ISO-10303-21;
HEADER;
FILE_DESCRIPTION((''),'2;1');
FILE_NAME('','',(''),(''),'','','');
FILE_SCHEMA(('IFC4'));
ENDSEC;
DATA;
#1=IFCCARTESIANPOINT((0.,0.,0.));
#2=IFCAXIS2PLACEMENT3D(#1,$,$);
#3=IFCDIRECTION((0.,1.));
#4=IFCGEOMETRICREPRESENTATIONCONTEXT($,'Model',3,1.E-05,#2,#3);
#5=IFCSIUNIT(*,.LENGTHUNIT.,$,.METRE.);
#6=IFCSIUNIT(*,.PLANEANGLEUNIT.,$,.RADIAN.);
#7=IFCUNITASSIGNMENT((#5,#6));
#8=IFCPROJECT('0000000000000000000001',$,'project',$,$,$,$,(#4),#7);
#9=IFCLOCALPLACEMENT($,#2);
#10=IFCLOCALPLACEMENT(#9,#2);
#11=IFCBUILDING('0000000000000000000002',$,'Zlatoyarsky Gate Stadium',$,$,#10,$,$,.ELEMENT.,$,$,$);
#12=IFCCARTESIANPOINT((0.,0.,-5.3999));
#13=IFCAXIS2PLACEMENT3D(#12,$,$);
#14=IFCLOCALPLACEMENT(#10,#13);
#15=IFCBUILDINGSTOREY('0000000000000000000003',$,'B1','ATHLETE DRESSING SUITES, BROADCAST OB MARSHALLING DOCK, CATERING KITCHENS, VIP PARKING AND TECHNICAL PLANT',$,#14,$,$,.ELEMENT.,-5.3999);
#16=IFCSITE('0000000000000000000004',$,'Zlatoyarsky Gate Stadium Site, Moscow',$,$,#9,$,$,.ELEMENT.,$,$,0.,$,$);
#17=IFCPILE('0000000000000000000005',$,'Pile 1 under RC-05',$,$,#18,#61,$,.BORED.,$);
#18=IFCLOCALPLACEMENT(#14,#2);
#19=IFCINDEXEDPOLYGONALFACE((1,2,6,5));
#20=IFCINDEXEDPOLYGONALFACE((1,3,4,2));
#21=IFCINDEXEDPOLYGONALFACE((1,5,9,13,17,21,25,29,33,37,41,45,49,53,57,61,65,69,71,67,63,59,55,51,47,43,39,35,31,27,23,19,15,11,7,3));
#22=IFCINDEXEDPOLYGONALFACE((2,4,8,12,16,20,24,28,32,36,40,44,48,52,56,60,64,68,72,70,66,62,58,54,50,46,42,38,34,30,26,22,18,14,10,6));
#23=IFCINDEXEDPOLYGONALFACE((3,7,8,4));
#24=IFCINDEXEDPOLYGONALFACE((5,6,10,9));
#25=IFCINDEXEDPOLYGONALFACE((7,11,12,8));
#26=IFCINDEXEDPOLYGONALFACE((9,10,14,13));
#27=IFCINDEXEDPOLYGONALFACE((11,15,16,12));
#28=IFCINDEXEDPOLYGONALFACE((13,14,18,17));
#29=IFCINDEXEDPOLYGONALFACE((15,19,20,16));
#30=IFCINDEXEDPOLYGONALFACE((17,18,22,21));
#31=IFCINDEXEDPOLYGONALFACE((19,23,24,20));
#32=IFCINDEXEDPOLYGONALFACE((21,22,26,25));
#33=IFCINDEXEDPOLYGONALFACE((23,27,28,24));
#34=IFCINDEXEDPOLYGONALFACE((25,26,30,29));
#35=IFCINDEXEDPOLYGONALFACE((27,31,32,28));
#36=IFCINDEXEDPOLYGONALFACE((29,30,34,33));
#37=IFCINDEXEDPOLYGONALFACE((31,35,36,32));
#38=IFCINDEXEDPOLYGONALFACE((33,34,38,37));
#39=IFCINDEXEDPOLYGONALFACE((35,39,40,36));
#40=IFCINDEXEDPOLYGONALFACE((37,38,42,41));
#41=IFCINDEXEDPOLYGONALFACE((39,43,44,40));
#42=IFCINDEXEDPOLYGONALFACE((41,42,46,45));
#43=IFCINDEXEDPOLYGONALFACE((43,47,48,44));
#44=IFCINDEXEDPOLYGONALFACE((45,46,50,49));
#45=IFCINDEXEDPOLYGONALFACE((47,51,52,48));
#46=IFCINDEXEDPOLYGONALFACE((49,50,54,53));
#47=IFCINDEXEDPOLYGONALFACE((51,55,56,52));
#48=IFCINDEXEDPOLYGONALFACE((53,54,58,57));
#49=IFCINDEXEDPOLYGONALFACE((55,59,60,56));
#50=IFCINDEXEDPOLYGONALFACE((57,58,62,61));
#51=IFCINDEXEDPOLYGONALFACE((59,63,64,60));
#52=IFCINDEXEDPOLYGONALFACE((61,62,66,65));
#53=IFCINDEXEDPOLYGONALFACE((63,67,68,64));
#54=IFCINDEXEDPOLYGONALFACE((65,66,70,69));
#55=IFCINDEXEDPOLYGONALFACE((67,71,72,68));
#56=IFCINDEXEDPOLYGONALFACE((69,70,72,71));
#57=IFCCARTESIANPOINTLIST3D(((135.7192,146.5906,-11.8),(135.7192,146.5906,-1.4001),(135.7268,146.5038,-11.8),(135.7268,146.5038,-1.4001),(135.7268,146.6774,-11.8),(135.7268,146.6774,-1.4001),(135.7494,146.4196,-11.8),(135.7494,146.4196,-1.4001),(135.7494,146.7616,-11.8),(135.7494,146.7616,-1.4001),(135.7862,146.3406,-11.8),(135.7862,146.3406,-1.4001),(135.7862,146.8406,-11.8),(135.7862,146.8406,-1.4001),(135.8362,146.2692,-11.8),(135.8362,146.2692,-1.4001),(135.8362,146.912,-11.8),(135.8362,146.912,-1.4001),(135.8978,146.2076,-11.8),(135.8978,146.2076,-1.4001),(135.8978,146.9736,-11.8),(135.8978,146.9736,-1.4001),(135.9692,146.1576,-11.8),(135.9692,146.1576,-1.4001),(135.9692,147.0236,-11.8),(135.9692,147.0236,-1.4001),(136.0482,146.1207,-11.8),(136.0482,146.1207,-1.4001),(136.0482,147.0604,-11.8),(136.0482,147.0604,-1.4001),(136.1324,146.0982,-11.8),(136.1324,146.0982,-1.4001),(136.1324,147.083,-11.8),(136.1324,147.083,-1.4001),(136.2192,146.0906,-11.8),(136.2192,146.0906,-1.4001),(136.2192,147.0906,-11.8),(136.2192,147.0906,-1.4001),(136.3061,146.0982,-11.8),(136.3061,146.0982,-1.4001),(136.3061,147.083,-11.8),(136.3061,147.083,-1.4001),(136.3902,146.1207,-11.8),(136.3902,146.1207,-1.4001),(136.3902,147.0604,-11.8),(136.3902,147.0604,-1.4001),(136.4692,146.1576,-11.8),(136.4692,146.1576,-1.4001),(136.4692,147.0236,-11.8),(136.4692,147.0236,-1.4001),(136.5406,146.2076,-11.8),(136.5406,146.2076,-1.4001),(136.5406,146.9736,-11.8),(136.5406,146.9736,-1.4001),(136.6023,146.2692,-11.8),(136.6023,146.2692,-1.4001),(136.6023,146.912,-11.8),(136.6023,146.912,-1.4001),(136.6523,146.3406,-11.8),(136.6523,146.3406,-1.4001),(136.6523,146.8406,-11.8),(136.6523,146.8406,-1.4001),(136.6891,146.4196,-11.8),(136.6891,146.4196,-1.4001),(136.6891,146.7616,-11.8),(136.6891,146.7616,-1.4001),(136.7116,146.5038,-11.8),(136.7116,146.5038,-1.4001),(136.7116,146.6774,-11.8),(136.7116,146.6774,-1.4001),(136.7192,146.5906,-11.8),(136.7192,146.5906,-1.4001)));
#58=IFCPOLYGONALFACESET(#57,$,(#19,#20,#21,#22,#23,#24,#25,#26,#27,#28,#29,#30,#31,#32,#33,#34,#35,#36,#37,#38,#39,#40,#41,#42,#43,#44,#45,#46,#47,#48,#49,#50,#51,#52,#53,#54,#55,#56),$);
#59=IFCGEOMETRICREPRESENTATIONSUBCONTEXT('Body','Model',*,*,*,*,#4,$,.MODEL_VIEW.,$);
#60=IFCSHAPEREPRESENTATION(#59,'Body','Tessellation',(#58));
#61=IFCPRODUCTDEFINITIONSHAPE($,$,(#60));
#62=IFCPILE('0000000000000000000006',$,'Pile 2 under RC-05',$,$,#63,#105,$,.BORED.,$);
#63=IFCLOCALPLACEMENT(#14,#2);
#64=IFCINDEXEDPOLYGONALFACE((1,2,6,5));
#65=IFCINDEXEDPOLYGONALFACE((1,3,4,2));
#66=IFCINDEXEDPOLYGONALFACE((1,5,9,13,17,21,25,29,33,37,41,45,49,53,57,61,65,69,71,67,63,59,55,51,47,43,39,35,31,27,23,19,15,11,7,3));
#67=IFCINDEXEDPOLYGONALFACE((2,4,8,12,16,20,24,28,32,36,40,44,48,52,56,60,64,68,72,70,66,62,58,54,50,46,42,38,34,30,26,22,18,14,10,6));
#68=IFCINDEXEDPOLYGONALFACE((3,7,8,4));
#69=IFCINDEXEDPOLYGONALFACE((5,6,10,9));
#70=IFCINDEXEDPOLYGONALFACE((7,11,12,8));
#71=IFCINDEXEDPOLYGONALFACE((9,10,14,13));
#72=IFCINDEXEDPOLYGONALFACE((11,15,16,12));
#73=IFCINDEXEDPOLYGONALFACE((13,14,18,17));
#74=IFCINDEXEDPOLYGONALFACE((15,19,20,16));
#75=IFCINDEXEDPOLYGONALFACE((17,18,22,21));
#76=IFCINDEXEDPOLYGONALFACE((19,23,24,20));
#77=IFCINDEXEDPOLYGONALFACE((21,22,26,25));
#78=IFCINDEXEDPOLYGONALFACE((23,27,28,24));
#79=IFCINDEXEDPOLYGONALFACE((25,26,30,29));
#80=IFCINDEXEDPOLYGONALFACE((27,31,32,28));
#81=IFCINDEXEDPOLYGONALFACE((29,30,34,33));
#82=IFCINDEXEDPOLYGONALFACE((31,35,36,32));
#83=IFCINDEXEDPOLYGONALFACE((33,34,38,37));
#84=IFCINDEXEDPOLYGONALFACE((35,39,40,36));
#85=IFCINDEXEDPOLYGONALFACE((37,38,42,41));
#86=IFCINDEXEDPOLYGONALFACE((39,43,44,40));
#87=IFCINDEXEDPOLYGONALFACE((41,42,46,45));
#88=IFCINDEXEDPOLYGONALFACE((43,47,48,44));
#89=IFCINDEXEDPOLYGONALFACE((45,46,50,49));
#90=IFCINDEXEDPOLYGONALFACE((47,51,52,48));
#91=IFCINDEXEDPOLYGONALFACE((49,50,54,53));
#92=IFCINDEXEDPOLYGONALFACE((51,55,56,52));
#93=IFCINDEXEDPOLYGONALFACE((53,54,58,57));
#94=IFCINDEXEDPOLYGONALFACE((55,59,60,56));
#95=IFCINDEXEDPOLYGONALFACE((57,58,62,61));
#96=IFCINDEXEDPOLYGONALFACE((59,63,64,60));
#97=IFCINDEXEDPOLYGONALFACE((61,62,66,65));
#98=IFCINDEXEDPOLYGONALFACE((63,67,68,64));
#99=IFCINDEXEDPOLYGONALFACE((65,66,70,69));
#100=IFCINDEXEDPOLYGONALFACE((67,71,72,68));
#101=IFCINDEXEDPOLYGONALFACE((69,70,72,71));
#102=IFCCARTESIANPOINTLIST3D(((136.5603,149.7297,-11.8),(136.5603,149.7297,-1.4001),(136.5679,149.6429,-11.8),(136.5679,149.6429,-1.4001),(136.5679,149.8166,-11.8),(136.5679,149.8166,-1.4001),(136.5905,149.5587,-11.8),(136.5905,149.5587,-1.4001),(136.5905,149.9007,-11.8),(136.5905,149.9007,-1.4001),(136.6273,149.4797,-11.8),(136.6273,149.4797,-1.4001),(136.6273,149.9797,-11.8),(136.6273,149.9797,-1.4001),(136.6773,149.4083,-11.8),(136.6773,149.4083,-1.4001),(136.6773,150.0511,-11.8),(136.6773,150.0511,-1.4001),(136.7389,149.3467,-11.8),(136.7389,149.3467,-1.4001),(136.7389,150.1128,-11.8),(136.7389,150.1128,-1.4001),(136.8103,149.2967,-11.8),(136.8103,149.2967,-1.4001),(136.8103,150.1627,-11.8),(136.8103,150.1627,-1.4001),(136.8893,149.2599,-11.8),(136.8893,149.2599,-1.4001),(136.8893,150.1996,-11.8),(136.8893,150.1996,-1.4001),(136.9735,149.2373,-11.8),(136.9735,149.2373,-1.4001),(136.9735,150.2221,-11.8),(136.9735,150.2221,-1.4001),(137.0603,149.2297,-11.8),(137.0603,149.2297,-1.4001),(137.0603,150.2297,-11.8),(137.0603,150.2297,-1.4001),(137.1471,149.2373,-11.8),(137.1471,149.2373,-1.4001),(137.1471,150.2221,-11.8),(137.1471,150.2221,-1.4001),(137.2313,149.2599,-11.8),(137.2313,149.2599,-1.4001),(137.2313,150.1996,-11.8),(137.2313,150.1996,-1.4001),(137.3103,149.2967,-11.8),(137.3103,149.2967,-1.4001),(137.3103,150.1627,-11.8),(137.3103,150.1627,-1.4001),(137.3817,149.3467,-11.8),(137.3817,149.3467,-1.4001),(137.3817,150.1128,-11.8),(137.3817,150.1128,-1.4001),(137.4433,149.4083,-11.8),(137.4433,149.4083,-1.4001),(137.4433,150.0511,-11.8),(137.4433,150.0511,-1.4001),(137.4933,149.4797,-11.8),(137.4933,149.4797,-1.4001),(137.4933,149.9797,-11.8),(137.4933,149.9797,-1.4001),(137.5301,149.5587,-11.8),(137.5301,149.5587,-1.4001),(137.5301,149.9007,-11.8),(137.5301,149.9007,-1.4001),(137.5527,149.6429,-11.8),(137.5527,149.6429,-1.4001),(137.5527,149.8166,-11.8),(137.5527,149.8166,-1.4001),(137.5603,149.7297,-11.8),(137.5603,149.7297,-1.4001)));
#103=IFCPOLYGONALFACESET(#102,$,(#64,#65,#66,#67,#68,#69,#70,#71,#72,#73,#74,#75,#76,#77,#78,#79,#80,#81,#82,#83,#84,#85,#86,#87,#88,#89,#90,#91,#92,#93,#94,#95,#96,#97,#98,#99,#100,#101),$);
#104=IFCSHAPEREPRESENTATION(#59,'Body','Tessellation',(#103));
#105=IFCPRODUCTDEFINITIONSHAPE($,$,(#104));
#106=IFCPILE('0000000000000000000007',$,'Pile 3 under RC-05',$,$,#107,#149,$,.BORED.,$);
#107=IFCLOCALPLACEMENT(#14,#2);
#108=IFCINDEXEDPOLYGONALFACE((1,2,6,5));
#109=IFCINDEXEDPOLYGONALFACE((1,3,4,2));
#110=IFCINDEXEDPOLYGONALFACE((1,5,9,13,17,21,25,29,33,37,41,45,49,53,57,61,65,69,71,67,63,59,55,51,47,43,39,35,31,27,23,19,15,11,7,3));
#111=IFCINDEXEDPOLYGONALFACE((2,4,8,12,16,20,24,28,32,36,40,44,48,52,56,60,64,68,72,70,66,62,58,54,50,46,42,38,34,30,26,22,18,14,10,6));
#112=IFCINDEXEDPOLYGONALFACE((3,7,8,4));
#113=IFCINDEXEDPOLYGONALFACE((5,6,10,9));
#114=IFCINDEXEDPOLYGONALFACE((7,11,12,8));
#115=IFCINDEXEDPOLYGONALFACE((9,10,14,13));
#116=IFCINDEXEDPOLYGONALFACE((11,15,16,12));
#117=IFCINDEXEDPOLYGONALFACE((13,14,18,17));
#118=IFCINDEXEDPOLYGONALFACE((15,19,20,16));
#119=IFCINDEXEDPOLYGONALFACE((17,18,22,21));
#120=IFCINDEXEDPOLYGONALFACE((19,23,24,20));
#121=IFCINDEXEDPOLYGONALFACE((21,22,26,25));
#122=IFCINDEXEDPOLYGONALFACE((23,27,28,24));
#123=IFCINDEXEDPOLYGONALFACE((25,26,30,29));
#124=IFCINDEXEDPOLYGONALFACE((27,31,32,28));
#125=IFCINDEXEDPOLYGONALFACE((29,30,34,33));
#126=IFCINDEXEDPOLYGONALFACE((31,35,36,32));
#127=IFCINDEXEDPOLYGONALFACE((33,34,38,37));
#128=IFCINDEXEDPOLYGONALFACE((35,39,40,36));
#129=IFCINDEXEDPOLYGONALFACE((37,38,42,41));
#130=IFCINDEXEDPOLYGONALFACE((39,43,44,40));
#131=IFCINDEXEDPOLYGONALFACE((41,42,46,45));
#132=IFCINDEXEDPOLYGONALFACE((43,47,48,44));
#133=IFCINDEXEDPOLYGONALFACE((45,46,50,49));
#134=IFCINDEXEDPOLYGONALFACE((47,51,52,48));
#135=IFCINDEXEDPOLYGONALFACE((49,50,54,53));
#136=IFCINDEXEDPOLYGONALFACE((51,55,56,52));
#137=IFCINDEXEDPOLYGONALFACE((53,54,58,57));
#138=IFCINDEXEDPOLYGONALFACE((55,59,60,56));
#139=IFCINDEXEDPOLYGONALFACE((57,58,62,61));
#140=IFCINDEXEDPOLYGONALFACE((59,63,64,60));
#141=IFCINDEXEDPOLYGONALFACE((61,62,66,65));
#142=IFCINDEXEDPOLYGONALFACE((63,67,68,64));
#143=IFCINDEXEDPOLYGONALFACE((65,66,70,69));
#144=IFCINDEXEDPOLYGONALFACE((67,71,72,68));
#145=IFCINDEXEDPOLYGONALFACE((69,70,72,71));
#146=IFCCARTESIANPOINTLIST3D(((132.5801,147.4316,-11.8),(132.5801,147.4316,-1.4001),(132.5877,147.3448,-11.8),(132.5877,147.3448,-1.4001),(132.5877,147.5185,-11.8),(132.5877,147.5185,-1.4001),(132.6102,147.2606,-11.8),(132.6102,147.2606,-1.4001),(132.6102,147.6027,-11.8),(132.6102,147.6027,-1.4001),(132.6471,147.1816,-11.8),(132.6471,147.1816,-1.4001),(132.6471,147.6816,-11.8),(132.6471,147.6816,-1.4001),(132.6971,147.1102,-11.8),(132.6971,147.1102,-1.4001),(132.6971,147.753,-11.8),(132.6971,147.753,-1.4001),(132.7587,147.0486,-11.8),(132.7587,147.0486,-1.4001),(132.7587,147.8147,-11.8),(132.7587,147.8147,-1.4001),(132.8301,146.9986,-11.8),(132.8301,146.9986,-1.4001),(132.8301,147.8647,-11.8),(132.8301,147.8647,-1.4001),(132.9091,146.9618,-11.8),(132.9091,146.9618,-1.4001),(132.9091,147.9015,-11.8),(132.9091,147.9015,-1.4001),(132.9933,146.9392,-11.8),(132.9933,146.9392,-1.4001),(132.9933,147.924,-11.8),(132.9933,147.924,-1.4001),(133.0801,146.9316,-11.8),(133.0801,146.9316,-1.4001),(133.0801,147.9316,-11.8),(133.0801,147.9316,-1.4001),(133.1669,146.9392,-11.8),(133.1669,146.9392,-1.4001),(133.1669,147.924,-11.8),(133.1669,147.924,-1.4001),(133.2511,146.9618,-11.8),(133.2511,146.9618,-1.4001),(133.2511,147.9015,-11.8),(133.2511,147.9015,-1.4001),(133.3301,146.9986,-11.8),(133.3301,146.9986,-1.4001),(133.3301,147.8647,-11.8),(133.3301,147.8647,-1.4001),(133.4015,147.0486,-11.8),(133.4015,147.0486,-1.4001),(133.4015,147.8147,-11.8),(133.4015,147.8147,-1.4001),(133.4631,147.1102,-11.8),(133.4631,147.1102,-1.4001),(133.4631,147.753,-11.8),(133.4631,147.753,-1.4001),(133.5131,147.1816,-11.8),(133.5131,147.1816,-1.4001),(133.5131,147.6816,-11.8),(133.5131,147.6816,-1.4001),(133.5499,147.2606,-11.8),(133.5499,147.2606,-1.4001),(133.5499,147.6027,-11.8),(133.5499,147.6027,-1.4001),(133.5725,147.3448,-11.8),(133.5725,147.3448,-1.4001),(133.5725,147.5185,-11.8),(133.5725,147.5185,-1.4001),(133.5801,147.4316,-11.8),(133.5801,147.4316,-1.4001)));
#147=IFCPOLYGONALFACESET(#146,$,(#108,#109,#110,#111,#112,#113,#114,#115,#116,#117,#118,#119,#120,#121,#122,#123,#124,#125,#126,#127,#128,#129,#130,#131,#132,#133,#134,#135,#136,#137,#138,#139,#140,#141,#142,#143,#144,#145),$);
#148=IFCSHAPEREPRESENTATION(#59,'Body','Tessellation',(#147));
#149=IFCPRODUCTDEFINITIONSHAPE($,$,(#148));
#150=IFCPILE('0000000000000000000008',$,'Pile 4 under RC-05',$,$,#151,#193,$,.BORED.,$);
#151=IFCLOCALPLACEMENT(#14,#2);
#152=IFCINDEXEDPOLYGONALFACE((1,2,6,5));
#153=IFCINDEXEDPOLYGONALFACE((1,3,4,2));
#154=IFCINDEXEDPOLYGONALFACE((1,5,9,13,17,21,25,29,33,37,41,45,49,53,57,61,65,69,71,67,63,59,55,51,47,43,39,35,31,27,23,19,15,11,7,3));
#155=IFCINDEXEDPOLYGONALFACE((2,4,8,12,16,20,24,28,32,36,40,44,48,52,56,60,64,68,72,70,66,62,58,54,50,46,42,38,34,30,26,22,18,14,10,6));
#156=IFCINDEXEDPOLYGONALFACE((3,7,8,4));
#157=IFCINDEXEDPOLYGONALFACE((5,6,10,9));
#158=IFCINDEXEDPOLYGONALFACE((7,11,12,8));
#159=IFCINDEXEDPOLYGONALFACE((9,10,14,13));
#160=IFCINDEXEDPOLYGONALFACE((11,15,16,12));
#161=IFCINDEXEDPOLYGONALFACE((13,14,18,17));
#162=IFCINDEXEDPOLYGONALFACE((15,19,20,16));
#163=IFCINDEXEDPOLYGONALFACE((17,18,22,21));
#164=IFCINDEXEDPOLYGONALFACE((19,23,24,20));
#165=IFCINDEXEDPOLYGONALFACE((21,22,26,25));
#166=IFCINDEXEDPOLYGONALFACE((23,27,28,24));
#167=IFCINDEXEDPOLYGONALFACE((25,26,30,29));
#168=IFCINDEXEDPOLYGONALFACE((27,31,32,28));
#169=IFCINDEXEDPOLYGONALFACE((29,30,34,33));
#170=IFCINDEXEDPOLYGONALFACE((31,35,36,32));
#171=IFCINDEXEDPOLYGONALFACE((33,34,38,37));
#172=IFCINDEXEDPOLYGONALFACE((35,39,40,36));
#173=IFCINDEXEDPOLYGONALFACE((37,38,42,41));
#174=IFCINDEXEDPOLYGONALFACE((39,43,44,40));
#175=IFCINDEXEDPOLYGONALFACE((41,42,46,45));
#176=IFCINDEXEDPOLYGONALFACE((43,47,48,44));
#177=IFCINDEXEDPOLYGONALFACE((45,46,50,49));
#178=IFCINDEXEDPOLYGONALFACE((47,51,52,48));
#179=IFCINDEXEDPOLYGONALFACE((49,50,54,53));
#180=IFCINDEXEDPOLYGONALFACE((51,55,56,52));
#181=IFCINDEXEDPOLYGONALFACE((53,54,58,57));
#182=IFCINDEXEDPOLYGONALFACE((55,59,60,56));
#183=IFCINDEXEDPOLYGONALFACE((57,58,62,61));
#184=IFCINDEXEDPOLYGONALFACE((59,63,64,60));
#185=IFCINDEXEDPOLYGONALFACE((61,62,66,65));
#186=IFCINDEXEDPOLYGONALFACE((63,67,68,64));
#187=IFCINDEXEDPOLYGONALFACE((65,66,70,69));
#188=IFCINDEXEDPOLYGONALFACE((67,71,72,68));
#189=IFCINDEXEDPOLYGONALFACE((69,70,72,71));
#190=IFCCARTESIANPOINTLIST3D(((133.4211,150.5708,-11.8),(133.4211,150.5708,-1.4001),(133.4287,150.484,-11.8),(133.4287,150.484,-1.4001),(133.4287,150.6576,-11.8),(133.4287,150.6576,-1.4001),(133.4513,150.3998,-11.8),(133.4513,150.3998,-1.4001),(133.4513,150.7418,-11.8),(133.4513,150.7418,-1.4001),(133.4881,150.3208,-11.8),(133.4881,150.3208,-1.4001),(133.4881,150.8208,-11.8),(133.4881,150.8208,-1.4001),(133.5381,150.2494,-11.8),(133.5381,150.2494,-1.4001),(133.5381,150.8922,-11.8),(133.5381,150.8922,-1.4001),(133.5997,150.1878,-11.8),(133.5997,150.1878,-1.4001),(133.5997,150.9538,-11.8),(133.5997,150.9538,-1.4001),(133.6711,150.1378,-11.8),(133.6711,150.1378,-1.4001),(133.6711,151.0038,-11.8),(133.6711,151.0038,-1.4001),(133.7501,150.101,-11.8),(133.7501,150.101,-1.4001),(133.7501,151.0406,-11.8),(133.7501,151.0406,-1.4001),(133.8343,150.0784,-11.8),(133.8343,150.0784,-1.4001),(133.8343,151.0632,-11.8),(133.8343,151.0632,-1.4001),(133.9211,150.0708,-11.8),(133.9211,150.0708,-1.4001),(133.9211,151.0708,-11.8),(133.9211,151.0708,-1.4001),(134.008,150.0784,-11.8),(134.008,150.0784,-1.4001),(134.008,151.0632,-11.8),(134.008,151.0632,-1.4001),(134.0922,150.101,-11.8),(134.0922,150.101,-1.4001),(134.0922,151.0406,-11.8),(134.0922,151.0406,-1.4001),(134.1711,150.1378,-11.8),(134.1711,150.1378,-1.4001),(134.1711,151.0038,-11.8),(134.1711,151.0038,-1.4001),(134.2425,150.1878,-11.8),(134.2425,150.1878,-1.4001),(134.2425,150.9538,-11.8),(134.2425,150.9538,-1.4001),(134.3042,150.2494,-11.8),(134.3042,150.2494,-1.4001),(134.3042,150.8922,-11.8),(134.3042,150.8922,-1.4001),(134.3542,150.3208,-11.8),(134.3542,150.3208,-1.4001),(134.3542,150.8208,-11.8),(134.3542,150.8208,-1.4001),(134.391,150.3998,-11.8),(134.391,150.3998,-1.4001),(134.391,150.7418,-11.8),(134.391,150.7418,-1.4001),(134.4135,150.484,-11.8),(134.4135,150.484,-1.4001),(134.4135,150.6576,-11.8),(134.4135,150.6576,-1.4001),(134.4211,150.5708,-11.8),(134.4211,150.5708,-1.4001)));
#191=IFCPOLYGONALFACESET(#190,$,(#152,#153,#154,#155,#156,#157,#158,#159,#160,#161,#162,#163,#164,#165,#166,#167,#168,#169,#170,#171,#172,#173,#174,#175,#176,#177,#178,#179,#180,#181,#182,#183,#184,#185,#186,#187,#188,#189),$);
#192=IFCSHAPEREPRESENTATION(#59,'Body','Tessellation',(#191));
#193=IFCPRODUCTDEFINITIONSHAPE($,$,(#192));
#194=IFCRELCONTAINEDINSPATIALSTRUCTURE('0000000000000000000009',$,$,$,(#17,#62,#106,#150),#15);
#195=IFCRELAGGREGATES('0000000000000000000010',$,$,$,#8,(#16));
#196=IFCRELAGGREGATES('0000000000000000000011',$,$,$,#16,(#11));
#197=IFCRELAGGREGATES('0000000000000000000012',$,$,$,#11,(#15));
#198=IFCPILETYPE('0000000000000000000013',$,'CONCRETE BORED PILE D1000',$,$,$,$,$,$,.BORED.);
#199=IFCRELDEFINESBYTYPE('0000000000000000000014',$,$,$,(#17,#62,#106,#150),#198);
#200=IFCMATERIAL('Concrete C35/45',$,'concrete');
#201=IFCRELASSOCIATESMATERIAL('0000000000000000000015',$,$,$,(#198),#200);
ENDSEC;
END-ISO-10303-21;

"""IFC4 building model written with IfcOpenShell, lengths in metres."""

from ifc_helpers import new_model, si_unit, direction, frame, origin, origin_2d, place, context, subcontext, project, spatial, circle, extrude, material, material_profile, profile_set, type_object, element, save


model = new_model("IFC4")

# Units and contexts
model_context = context("Model", 3, precision=1e-05, world=origin(), true_north=direction((0.0, 1.0)))
body_context = subcontext(model_context, "Body", "Model", "MODEL_VIEW")
ifc_project = project(units=[si_unit("LENGTHUNIT", "METRE"), si_unit("PLANEANGLEUNIT", "RADIAN")], contexts=[model_context])

# Site, building, storey
site_placement = place(None, origin())
site = spatial("IfcSite", under=ifc_project, at=site_placement, Name="Zlatoyarsky Gate Stadium Site, Moscow", CompositionType="ELEMENT", RefElevation=0.0)
building_placement = place(site_placement, origin())
building = spatial("IfcBuilding", under=site, at=building_placement, Name="Zlatoyarsky Gate Stadium", CompositionType="ELEMENT")
storey_placement = place(building_placement, frame((0.0, 0.0, -5.3999)))
storey = spatial("IfcBuildingStorey", under=building, at=storey_placement, Name="B1", Description="ATHLETE DRESSING SUITES, BROADCAST OB MARSHALLING DOCK, CATERING KITCHENS, VIP PARKING AND TECHNICAL PLANT", CompositionType="ELEMENT", Elevation=-5.3999)

# Piles
ifc_material_1 = material(Name="Concrete C35/45", Category="concrete")
ifc_material_profile_1 = material_profile(ifc_material_1, circle(Radius=0.5, at=origin_2d()), Name="BORED PILE D1000")
ifc_profile_set_1 = profile_set([ifc_material_profile_1], Name="Concrete C35/45")
pile_type_1 = type_object("IfcPileType", Name="CONCRETE BORED PILE D1000", PredefinedType="BORED", material=ifc_profile_set_1)
for number, where, z_axis, x_axis, name in (
    (1, (136.2192, 146.5906, -1.4001), (0.0, 0.0, -1.0), (1.0, 0.0, 0.0), "Pile 1 under RC-05"),
    (2, (137.0603, 149.7297, -1.4001), (0.0, 0.0, -1.0), (1.0, 0.0, 0.0), "Pile 2 under RC-05"),
    (3, (133.0801, 147.4316, -1.4001), (0.0, 0.0, -1.0), (1.0, 0.0, 0.0), "Pile 3 under RC-05"),
    (4, (133.9211, 150.5708, -1.4001), (0.0, 0.0, -1.0), (1.0, 0.0, 0.0), "Pile 4 under RC-05"),
):
    element("IfcPile", number, at=place(storey_placement, frame(where, z_axis=z_axis, x_axis=x_axis)), inside=storey, type_object=pile_type_1, Name=name, PredefinedType="BORED", context=body_context, shape_type="SweptSolid", body=[
        extrude(circle(Radius=0.5, at=origin_2d()), origin(), (0.0, 0.0, 1.0), 10.3999),
    ])

save(model, "model.ifc")
